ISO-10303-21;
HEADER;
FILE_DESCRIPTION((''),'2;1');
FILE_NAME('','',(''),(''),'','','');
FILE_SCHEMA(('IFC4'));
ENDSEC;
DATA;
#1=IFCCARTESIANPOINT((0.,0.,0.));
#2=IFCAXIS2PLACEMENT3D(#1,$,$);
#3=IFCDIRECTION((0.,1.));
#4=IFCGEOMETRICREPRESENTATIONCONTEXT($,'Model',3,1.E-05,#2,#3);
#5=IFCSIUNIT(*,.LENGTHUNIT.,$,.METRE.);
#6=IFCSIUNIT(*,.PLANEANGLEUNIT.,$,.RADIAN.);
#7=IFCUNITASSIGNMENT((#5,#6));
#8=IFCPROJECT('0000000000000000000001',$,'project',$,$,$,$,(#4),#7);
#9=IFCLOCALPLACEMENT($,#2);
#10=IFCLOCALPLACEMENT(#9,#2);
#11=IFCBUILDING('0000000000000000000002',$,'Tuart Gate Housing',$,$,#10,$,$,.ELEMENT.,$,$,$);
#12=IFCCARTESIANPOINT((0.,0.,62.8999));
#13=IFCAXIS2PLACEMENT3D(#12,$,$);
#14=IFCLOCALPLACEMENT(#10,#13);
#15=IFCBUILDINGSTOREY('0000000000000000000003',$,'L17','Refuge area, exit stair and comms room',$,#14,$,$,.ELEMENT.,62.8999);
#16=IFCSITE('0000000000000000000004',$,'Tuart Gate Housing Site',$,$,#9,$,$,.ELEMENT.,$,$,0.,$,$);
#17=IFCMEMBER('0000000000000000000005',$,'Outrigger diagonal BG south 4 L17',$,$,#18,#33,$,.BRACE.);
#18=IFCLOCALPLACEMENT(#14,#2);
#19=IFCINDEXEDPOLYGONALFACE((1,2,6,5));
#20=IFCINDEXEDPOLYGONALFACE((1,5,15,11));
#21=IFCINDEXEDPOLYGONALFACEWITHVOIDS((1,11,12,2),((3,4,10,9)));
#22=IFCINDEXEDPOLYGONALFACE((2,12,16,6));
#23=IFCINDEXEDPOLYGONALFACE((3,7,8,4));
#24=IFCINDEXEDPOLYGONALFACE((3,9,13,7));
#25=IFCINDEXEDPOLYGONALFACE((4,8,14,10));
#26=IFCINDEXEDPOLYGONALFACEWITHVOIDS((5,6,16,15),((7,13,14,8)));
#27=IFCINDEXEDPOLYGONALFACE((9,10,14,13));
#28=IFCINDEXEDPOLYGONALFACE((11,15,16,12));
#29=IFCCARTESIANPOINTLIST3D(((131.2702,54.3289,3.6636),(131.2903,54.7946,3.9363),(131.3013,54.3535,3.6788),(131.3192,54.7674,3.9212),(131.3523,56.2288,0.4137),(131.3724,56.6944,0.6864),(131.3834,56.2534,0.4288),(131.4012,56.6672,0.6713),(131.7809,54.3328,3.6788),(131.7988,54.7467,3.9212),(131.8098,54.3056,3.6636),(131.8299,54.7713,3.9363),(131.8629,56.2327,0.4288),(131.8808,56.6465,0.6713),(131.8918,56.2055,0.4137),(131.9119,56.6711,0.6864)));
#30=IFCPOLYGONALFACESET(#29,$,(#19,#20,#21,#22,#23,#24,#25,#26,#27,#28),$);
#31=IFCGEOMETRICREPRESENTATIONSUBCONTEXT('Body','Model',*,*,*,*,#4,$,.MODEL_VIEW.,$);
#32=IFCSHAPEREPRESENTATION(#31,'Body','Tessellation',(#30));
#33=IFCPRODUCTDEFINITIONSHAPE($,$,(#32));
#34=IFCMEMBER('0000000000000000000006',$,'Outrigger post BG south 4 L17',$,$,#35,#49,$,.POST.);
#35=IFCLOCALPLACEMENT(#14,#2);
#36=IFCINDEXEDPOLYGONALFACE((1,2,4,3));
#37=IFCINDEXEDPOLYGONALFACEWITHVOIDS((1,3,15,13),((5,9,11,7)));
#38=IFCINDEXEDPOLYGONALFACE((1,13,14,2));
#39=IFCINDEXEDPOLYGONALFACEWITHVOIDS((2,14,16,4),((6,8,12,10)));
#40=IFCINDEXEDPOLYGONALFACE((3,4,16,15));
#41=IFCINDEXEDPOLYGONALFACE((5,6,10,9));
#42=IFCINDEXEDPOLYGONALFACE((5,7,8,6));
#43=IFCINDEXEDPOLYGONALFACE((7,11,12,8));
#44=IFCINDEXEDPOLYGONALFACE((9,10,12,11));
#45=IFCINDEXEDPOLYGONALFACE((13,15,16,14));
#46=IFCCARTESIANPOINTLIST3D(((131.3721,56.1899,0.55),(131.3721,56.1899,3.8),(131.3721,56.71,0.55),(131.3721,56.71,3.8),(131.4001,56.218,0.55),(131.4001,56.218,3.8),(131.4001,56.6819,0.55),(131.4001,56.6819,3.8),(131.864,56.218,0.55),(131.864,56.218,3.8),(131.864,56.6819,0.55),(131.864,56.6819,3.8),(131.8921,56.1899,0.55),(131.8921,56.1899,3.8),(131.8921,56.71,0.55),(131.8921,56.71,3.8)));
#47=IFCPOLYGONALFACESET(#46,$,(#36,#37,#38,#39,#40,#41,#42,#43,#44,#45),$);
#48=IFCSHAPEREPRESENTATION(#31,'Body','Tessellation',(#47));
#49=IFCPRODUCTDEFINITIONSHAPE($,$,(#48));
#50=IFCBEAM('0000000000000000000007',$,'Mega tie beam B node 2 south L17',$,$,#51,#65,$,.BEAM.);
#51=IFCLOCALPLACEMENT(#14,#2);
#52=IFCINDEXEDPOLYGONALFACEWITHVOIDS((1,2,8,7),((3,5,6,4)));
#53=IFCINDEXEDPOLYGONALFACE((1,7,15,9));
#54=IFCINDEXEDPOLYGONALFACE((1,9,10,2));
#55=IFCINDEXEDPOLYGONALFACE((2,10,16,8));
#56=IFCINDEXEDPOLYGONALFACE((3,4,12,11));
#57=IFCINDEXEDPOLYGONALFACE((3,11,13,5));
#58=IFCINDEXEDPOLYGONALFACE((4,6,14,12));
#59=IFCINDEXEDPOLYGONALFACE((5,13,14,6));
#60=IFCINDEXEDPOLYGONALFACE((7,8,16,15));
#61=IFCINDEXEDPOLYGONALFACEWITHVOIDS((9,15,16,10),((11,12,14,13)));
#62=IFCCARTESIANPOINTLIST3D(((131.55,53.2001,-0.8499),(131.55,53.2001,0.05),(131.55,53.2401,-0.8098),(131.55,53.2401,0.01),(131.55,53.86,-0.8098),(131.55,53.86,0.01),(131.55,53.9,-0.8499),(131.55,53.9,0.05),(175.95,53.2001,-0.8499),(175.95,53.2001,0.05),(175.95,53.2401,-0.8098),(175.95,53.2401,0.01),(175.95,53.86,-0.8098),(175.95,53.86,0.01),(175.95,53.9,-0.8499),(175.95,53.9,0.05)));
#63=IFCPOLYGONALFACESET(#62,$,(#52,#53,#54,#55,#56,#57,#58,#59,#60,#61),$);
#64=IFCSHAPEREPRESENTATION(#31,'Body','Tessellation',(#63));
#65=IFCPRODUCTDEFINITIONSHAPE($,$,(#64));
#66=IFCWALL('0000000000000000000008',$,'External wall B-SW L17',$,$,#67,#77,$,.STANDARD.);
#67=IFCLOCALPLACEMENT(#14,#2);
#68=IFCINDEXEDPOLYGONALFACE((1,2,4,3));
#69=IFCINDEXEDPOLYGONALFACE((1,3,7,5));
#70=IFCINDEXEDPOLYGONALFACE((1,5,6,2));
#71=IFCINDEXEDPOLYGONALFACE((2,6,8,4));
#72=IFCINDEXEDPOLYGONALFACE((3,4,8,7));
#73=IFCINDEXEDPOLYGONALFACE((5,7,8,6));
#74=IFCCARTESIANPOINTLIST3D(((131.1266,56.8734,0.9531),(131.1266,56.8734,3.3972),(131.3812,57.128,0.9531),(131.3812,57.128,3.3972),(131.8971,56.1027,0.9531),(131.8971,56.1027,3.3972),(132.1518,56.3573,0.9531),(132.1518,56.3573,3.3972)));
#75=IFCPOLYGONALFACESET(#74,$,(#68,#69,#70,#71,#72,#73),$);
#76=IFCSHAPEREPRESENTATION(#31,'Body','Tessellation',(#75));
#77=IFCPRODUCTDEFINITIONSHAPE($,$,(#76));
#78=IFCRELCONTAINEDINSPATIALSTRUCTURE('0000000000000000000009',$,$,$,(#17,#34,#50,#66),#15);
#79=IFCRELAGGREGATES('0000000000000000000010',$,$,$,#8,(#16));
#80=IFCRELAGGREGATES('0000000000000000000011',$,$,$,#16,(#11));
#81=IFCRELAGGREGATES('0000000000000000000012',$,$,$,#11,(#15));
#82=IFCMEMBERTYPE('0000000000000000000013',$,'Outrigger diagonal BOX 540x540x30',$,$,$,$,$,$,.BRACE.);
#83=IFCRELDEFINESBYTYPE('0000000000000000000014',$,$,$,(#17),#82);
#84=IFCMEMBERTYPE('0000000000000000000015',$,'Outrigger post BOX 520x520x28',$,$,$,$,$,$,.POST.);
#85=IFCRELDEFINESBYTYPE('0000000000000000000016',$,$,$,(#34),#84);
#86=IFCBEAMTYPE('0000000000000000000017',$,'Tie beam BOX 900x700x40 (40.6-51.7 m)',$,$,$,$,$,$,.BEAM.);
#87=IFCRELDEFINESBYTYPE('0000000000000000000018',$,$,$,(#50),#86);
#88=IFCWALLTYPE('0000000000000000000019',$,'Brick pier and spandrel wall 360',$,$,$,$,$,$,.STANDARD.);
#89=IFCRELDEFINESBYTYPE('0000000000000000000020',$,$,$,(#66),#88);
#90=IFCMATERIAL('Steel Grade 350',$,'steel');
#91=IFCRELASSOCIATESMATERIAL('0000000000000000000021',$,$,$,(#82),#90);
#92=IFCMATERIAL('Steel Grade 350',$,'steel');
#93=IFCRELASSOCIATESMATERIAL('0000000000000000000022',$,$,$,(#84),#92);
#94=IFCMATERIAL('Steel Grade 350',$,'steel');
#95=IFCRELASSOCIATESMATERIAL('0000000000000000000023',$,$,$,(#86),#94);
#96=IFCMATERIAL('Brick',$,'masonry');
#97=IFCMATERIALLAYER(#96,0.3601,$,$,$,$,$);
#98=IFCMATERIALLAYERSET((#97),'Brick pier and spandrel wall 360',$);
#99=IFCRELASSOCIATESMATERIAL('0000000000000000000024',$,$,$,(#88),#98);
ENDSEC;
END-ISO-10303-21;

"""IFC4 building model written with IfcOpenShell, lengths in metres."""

from ifc_helpers import new_model, si_unit, direction, frame, frame_2d, origin, origin_2d, place, context, subcontext, project, spatial, rectangle, hollow_rectangle, extrude, material, layer, layer_set, material_profile, profile_set, type_object, element, save


model = new_model("IFC4")

# Units and contexts
model_context = context("Model", 3, precision=1e-05, world=origin(), true_north=direction((0.0, 1.0)))
body_context = subcontext(model_context, "Body", "Model", "MODEL_VIEW")
ifc_project = project(units=[si_unit("LENGTHUNIT", "METRE"), si_unit("PLANEANGLEUNIT", "RADIAN")], contexts=[model_context])

# Site, building, storey
site_placement = place(None, origin())
site = spatial("IfcSite", under=ifc_project, at=site_placement, Name="Tuart Gate Housing Site", CompositionType="ELEMENT", RefElevation=0.0)
building_placement = place(site_placement, origin())
building = spatial("IfcBuilding", under=site, at=building_placement, Name="Tuart Gate Housing", CompositionType="ELEMENT")
storey_placement = place(building_placement, frame((0.0, 0.0, 62.8999)))
storey = spatial("IfcBuildingStorey", under=building, at=storey_placement, Name="L17", Description="Refuge area, exit stair and comms room", CompositionType="ELEMENT", Elevation=62.8999)

# Members
ifc_material_1 = material(Name="Steel Grade 350", Category="steel")
ifc_material_profile_1 = material_profile(ifc_material_1, hollow_rectangle(XDim=0.54, YDim=0.54, WallThickness=0.03, at=origin_2d()), Name="BOX 540x540x30")
ifc_profile_set_1 = profile_set([ifc_material_profile_1], Name="Steel Grade 350")
member_type_1 = type_object("IfcMemberType", Name="Outrigger diagonal BOX 540x540x30", PredefinedType="BRACE", material=ifc_profile_set_1)
member_1_placement = place(storey_placement, frame((131.6321, 56.45, 0.55), z_axis=(-0.021785, -0.504557, 0.863103), x_axis=(0.999069, -0.043136, 0.0)))
element("IfcMember", 1, at=member_1_placement, inside=storey, type_object=member_type_1, Name="Outrigger diagonal BG south 4 L17", PredefinedType="BRACE", context=body_context, shape_type="SweptSolid", body=[
    extrude(hollow_rectangle(XDim=0.54, YDim=0.54, WallThickness=0.03, at=origin_2d()), origin(), (0.0, 0.0, 1.0), 3.7654),
])
ifc_material_2 = material(Name="Steel Grade 350", Category="steel")
ifc_material_profile_2 = material_profile(ifc_material_2, hollow_rectangle(XDim=0.52, YDim=0.52, WallThickness=0.0281, at=origin_2d()), Name="BOX 520x520x28")
ifc_profile_set_2 = profile_set([ifc_material_profile_2], Name="Steel Grade 350")
member_type_2 = type_object("IfcMemberType", Name="Outrigger post BOX 520x520x28", PredefinedType="POST", material=ifc_profile_set_2)
member_2_placement = place(storey_placement, frame((131.6321, 56.45, 0.55), z_axis=(0.0, 0.0, 1.0), x_axis=(1.0, 0.0, 0.0)))
element("IfcMember", 2, at=member_2_placement, inside=storey, type_object=member_type_2, Name="Outrigger post BG south 4 L17", PredefinedType="POST", context=body_context, shape_type="SweptSolid", body=[
    extrude(hollow_rectangle(XDim=0.52, YDim=0.52, WallThickness=0.0281, at=origin_2d()), origin(), (0.0, 0.0, 1.0), 3.25),
])

# Beam
ifc_material_3 = material(Name="Steel Grade 350", Category="steel")
ifc_material_profile_3 = material_profile(ifc_material_3, hollow_rectangle(XDim=0.7, YDim=0.8999, WallThickness=0.04, at=origin_2d()), Name="BOX 900x700x40")
ifc_profile_set_3 = profile_set([ifc_material_profile_3], Name="Steel Grade 350")
beam_type_1 = type_object("IfcBeamType", Name="Tie beam BOX 900x700x40 (40.6-51.7 m)", PredefinedType="BEAM", material=ifc_profile_set_3)
beam_1_placement = place(storey_placement, frame((131.55, 53.55, -0.3999), z_axis=(1.0, 0.0, 0.0), x_axis=(0.0, 1.0, 0.0)))
element("IfcBeam", 3, at=beam_1_placement, inside=storey, type_object=beam_type_1, Name="Mega tie beam B node 2 south L17", PredefinedType="BEAM", context=body_context, shape_type="SweptSolid", body=[
    extrude(hollow_rectangle(XDim=0.7, YDim=0.8999, WallThickness=0.04, at=origin_2d()), origin(), (0.0, 0.0, 1.0), 44.3999),
])

# Wall
ifc_material_4 = material(Name="Brick", Category="masonry")
ifc_layer_1 = layer(ifc_material_4, 0.3601)
ifc_layer_set_1 = layer_set([ifc_layer_1], Name="Brick pier and spandrel wall 360")
wall_type_1 = type_object("IfcWallType", Name="Brick pier and spandrel wall 360", PredefinedType="STANDARD", material=ifc_layer_set_1)
wall_1_placement = place(storey_placement, frame((131.2539, 57.0007, 0.9531), z_axis=(0.0, 0.0, 1.0), x_axis=(0.706995, -0.707219, 0.0)))
element("IfcWall", 4, at=wall_1_placement, inside=storey, type_object=wall_type_1, Name="External wall B-SW L17", PredefinedType="STANDARD", context=body_context, shape_type="SweptSolid", body=[
    extrude(rectangle(XDim=1.0898, YDim=0.3601, at=frame_2d((0.5449, 0.0))), origin(), (0.0, 0.0, 1.0), 2.4441),
])

save(model, "model.ifc")
